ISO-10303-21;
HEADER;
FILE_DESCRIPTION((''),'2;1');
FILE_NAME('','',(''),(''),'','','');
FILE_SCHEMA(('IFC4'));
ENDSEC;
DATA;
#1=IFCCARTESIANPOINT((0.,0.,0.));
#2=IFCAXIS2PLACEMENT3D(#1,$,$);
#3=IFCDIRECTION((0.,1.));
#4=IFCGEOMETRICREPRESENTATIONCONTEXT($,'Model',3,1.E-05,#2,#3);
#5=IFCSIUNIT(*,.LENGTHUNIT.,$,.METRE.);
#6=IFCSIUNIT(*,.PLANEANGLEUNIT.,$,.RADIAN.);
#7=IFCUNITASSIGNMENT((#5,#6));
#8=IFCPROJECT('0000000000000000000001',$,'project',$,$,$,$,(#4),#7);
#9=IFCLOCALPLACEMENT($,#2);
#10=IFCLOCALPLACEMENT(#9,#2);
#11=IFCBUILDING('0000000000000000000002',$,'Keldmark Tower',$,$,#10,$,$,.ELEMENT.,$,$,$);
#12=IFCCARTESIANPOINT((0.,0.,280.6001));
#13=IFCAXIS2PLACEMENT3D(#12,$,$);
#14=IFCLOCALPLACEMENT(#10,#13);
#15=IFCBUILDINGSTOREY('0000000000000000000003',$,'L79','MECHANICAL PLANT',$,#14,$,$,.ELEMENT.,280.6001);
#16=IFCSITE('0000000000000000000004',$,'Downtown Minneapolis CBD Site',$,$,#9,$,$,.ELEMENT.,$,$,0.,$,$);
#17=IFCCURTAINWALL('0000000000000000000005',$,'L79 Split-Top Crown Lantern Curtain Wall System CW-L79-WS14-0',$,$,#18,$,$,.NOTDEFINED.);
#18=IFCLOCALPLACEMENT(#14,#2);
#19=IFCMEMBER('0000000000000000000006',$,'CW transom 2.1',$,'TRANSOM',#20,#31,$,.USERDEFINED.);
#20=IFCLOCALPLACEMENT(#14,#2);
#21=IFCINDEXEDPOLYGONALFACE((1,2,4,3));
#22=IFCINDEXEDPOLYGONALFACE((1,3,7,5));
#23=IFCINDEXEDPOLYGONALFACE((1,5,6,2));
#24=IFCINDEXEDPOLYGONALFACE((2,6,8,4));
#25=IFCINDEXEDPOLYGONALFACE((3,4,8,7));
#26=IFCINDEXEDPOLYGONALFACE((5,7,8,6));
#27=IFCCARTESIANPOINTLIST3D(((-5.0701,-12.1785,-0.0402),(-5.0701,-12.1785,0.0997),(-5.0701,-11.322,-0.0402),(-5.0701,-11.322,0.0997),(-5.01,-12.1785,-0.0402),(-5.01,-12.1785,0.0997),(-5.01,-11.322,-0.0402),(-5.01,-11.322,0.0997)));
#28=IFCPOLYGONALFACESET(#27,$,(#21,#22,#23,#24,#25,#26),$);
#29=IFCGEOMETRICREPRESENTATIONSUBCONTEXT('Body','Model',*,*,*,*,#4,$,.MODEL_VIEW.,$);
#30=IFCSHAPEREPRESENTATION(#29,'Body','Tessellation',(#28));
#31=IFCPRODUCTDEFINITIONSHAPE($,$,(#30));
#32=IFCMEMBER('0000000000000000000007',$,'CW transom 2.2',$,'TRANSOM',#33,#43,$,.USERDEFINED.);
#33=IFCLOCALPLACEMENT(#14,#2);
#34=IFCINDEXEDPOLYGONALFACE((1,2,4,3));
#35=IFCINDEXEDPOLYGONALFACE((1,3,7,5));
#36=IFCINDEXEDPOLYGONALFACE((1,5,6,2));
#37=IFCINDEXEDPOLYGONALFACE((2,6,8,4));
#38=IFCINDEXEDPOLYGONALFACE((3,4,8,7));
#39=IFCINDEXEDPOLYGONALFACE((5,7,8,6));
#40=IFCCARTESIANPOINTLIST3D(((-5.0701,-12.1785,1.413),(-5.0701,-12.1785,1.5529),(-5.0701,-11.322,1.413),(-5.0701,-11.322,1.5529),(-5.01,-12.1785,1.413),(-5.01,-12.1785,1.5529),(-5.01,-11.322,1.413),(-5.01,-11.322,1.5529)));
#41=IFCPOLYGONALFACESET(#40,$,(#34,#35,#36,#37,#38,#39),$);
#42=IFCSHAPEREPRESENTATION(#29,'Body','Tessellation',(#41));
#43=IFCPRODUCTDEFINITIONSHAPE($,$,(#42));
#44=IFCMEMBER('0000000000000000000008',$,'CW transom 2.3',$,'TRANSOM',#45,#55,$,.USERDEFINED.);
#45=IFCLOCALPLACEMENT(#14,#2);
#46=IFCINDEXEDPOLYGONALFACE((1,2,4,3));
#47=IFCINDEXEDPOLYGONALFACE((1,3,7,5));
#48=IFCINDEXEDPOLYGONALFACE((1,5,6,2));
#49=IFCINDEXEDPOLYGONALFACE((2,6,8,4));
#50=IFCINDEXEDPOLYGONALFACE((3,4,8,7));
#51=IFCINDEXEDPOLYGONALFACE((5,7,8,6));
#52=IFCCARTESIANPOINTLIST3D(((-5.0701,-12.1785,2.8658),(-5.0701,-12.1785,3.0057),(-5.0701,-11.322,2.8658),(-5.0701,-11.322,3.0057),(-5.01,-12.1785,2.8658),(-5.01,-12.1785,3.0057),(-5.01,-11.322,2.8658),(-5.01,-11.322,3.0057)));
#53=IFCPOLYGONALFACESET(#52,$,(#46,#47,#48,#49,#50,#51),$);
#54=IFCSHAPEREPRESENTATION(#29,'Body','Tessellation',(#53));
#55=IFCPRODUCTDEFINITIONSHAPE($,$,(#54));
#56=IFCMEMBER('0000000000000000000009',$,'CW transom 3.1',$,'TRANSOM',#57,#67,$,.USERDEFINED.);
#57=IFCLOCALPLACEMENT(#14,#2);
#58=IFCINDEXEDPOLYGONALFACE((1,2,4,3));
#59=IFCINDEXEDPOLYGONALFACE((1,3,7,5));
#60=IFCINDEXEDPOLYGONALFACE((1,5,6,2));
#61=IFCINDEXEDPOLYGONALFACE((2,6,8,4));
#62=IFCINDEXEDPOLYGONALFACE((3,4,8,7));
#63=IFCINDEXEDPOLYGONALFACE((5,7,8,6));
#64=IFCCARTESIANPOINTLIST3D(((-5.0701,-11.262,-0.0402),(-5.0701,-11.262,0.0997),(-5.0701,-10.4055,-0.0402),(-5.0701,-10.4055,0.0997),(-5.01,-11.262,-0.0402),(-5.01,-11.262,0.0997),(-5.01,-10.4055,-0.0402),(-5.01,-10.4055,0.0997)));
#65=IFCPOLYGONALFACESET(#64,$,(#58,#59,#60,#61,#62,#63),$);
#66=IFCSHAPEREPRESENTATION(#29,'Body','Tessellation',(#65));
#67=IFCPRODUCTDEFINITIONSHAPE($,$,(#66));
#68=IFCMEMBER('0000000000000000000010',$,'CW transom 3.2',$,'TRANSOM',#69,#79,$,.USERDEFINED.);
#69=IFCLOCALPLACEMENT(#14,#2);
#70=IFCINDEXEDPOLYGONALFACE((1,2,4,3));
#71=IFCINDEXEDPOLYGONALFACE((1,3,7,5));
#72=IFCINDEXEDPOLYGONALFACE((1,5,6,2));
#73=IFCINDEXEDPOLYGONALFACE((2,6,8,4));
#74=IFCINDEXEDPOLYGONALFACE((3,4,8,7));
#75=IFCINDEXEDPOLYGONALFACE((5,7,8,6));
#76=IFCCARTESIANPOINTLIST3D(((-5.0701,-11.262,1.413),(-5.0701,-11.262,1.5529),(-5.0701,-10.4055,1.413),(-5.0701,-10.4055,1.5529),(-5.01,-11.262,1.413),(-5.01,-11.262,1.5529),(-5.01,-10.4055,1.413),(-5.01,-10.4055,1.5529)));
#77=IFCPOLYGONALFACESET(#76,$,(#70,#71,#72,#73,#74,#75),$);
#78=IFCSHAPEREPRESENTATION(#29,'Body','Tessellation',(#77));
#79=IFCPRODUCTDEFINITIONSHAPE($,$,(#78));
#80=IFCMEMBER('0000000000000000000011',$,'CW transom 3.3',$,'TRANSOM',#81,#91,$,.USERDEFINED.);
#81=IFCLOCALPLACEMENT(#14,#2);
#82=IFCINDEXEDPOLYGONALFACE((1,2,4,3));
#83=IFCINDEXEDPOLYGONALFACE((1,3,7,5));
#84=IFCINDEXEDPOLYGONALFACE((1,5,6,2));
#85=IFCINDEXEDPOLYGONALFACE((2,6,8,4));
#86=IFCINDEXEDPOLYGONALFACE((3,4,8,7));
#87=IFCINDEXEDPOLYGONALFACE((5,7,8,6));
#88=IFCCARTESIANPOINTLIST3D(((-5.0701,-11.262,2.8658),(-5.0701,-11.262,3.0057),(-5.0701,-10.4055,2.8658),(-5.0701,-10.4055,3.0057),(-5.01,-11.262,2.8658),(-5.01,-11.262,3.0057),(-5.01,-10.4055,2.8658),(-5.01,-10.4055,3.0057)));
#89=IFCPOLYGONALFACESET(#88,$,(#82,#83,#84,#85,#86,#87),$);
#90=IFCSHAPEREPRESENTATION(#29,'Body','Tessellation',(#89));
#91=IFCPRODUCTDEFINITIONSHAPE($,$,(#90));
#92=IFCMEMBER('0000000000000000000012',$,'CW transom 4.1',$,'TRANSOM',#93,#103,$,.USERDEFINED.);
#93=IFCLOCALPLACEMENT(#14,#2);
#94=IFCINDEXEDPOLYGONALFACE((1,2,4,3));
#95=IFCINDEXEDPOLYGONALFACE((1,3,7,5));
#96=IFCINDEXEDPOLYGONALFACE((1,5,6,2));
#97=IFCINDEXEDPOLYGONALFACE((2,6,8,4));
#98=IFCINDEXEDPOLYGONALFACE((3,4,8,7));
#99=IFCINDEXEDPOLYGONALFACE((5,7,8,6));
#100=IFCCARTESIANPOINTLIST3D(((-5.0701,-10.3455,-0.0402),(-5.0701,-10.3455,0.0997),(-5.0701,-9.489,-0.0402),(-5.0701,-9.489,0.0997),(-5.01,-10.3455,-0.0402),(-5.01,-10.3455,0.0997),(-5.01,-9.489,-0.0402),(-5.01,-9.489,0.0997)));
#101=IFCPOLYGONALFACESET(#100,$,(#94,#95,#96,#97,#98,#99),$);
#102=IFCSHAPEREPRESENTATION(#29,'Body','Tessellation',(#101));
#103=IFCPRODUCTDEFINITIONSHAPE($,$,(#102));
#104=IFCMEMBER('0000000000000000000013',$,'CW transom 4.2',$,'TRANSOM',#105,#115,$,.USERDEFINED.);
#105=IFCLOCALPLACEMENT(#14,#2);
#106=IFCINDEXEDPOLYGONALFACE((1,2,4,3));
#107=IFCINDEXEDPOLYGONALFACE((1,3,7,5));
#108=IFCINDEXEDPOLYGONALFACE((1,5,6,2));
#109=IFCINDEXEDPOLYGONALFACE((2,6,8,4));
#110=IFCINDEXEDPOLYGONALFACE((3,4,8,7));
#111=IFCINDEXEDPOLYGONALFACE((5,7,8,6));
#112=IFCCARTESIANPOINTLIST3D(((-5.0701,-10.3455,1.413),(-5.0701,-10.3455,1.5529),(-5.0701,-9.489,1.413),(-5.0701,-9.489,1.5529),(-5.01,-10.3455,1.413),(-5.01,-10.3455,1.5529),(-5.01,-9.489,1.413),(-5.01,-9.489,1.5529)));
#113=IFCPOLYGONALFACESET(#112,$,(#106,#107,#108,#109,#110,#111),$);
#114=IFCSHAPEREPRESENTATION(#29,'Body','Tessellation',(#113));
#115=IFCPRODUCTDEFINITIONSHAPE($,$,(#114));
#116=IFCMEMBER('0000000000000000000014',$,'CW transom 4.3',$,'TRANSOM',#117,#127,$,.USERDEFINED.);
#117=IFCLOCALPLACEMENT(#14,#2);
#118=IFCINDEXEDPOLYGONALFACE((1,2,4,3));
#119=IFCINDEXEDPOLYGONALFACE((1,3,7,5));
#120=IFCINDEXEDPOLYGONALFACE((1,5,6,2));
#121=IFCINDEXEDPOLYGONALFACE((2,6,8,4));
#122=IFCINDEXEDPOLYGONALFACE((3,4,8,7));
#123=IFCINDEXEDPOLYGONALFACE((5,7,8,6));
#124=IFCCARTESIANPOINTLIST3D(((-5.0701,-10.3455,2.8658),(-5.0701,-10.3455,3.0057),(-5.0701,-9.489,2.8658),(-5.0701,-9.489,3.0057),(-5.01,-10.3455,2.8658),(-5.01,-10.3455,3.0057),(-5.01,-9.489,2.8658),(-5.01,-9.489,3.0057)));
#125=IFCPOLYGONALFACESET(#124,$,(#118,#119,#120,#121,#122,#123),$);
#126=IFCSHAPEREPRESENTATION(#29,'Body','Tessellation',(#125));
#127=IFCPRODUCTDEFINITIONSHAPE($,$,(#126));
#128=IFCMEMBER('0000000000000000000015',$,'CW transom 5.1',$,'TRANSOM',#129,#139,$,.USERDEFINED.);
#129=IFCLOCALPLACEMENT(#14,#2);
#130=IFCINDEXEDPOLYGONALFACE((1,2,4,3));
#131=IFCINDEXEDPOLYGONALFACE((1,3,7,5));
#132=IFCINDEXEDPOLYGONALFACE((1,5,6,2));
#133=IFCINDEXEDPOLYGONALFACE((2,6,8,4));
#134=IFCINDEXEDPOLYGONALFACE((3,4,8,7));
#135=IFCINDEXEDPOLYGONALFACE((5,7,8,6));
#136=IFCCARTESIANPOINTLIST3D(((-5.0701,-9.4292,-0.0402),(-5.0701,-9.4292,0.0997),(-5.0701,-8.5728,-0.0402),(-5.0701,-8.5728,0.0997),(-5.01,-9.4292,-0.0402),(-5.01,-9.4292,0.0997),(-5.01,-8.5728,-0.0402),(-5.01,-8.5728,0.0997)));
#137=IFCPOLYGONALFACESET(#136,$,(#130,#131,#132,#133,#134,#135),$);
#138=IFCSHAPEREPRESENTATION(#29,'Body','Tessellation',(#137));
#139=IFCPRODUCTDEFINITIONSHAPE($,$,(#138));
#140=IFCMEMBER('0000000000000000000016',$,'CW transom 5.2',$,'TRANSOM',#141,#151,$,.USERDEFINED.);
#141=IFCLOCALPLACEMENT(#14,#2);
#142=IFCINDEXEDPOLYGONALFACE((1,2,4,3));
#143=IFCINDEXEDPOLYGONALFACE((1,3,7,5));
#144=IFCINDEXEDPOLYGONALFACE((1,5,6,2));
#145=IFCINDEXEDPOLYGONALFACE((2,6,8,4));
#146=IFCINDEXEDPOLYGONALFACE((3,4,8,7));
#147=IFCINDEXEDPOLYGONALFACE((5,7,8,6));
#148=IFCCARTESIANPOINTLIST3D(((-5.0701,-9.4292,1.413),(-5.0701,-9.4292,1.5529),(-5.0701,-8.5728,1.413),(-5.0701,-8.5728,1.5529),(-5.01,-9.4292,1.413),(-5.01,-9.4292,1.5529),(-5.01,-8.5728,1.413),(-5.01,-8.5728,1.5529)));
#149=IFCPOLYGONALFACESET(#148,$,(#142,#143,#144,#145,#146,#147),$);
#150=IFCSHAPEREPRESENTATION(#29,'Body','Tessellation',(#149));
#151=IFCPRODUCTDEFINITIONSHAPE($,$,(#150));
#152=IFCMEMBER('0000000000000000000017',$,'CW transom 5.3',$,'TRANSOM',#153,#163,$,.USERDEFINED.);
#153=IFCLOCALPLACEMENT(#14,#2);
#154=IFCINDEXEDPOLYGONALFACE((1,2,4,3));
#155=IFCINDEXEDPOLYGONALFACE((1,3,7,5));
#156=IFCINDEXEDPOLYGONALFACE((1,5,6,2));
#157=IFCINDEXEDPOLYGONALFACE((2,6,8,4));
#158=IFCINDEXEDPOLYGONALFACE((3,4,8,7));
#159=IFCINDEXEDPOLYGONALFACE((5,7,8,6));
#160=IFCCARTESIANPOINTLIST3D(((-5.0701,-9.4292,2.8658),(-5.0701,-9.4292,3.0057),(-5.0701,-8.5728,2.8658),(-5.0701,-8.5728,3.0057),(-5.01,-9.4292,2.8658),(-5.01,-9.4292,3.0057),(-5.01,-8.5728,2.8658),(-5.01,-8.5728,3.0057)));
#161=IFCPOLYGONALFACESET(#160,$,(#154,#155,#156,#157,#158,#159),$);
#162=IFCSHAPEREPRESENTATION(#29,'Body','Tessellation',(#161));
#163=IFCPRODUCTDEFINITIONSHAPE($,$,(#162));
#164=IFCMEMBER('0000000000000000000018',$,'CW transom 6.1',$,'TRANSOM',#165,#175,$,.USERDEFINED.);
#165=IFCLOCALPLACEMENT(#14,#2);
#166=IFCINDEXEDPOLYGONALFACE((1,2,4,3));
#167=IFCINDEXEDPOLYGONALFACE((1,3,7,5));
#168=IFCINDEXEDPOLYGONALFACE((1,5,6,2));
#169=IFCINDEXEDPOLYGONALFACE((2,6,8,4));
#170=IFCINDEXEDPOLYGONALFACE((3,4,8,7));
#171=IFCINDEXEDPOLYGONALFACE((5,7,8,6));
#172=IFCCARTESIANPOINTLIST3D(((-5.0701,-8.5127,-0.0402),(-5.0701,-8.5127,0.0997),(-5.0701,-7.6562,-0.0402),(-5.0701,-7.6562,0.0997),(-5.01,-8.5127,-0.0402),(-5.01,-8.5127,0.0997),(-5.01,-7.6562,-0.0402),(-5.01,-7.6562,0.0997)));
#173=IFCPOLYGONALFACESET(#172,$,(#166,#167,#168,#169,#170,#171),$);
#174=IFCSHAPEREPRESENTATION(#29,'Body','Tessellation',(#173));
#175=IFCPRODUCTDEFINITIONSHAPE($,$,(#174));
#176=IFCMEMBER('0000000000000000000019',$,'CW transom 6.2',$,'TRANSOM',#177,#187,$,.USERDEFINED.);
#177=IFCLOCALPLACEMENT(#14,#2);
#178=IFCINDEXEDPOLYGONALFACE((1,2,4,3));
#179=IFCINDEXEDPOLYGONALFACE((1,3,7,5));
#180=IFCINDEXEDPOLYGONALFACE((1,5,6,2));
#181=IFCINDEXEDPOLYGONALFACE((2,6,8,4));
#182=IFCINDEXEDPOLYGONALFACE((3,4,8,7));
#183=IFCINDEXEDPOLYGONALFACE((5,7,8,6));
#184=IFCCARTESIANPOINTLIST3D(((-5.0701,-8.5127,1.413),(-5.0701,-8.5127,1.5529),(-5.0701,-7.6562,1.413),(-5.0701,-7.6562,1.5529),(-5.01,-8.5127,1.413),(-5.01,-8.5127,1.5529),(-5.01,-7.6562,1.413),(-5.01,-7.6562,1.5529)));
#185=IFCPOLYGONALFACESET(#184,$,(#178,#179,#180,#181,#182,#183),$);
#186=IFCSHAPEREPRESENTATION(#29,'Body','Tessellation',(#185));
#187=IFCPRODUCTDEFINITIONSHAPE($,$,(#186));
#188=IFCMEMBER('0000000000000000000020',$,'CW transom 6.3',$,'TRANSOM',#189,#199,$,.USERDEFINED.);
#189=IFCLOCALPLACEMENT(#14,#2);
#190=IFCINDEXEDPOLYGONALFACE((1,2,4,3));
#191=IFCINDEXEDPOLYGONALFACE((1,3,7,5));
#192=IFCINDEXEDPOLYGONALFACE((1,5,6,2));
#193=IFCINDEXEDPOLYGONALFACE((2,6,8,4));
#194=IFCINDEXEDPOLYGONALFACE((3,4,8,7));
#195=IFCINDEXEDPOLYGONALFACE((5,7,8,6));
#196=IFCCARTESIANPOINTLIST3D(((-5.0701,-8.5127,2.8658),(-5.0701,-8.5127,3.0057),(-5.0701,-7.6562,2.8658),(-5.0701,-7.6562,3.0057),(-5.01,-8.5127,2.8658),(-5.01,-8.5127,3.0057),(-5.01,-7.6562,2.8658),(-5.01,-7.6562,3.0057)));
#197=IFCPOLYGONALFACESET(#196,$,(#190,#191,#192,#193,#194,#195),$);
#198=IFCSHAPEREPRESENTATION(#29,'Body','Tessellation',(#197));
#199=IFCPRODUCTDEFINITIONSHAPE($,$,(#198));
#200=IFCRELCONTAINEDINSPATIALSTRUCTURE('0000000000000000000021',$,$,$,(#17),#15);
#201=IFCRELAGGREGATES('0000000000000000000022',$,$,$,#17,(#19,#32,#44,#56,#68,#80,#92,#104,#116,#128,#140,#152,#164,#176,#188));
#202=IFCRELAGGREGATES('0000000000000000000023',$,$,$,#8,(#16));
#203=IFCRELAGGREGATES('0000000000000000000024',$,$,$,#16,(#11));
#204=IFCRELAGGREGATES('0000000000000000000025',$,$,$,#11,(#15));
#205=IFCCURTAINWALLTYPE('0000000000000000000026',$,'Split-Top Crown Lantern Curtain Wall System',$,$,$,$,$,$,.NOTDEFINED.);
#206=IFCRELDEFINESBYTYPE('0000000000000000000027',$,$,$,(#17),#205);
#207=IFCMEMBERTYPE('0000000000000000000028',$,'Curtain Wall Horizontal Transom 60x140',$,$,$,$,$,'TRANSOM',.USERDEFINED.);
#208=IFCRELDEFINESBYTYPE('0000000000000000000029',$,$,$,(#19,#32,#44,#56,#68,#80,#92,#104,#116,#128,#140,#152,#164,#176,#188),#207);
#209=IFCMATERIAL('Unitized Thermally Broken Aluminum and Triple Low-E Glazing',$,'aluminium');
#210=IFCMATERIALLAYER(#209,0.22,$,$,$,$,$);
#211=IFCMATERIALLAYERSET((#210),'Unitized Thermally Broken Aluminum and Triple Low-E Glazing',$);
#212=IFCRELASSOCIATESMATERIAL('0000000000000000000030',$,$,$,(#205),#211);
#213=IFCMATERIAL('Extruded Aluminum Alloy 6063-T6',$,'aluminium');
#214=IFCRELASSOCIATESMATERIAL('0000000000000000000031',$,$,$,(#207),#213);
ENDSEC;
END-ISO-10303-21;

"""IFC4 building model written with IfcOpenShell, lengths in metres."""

from ifc_helpers import new_model, si_unit, direction, frame, origin, origin_2d, place, context, subcontext, project, spatial, rectangle, extrude, material, layer, layer_set, material_profile, profile_set, type_object, element, aggregate, save


model = new_model("IFC4")

# Units and contexts
model_context = context("Model", 3, precision=1e-05, world=origin(), true_north=direction((0.0, 1.0)))
body_context = subcontext(model_context, "Body", "Model", "MODEL_VIEW")
ifc_project = project(units=[si_unit("LENGTHUNIT", "METRE"), si_unit("PLANEANGLEUNIT", "RADIAN")], contexts=[model_context])

# Site, building, storey
site_placement = place(None, origin())
site = spatial("IfcSite", under=ifc_project, at=site_placement, Name="Downtown Minneapolis CBD Site", CompositionType="ELEMENT", RefElevation=0.0)
building_placement = place(site_placement, origin())
building = spatial("IfcBuilding", under=site, at=building_placement, Name="Keldmark Tower", CompositionType="ELEMENT")
storey_placement = place(building_placement, frame((0.0, 0.0, 280.6001)))
storey = spatial("IfcBuildingStorey", under=building, at=storey_placement, Name="L79", Description="MECHANICAL PLANT", CompositionType="ELEMENT", Elevation=280.6001)

# Curtain wall, members
ifc_material_1 = material(Name="Unitized Thermally Broken Aluminum and Triple Low-E Glazing", Category="aluminium")
ifc_layer_1 = layer(ifc_material_1, 0.22)
ifc_layer_set_1 = layer_set([ifc_layer_1], Name="Unitized Thermally Broken Aluminum and Triple Low-E Glazing")
curtain_wall_type = type_object("IfcCurtainWallType", Name="Split-Top Crown Lantern Curtain Wall System", PredefinedType="NOTDEFINED", material=ifc_layer_set_1)
curtain_wall_placement = place(storey_placement, origin())
curtain_wall = element("IfcCurtainWall", 1, at=curtain_wall_placement, inside=storey, type_object=curtain_wall_type, Name="L79 Split-Top Crown Lantern Curtain Wall System CW-L79-WS14-0", PredefinedType="NOTDEFINED")
ifc_material_2 = material(Name="Extruded Aluminum Alloy 6063-T6", Category="aluminium")
ifc_material_profile_1 = material_profile(ifc_material_2, rectangle(XDim=0.0601, YDim=0.1399, at=origin_2d()), Name="CWT60X140")
ifc_profile_set_1 = profile_set([ifc_material_profile_1], Name="Extruded Aluminum Alloy 6063-T6")
member_type_1 = type_object("IfcMemberType", Name="Curtain Wall Horizontal Transom 60x140", ElementType="TRANSOM", PredefinedType="USERDEFINED", material=ifc_profile_set_1)
member_1_placement = place(storey_placement, frame((-5.04, -12.1785, 0.0298), z_axis=(0.0, 1.0, 0.0), x_axis=(-1.0, 0.0, 0.0)))
member_1 = element("IfcMember", 2, at=member_1_placement, type_object=member_type_1, Name="CW transom 2.1", ObjectType="TRANSOM", PredefinedType="USERDEFINED", context=body_context, shape_type="SweptSolid", body=[
    extrude(rectangle(XDim=0.0601, YDim=0.1399, at=origin_2d()), origin(), (0.0, 0.0, 1.0), 0.8564),
])
member_2_placement = place(storey_placement, frame((-5.04, -12.1785, 1.4829), z_axis=(0.0, 1.0, 0.0), x_axis=(-1.0, 0.0, 0.0)))
member_2 = element("IfcMember", 3, at=member_2_placement, type_object=member_type_1, Name="CW transom 2.2", ObjectType="TRANSOM", PredefinedType="USERDEFINED", context=body_context, shape_type="SweptSolid", body=[
    extrude(rectangle(XDim=0.0601, YDim=0.1399, at=origin_2d()), origin(), (0.0, 0.0, 1.0), 0.8564),
])
member_3_placement = place(storey_placement, frame((-5.04, -12.1785, 2.9358), z_axis=(0.0, 1.0, 0.0), x_axis=(-1.0, 0.0, 0.0)))
member_3 = element("IfcMember", 4, at=member_3_placement, type_object=member_type_1, Name="CW transom 2.3", ObjectType="TRANSOM", PredefinedType="USERDEFINED", context=body_context, shape_type="SweptSolid", body=[
    extrude(rectangle(XDim=0.0601, YDim=0.1399, at=origin_2d()), origin(), (0.0, 0.0, 1.0), 0.8564),
])
member_4_placement = place(storey_placement, frame((-5.04, -11.262, 0.0298), z_axis=(0.0, 1.0, 0.0), x_axis=(-1.0, 0.0, 0.0)))
member_4 = element("IfcMember", 5, at=member_4_placement, type_object=member_type_1, Name="CW transom 3.1", ObjectType="TRANSOM", PredefinedType="USERDEFINED", context=body_context, shape_type="SweptSolid", body=[
    extrude(rectangle(XDim=0.0601, YDim=0.1399, at=origin_2d()), origin(), (0.0, 0.0, 1.0), 0.8564),
])
member_5_placement = place(storey_placement, frame((-5.04, -11.262, 1.4829), z_axis=(0.0, 1.0, 0.0), x_axis=(-1.0, 0.0, 0.0)))
member_5 = element("IfcMember", 6, at=member_5_placement, type_object=member_type_1, Name="CW transom 3.2", ObjectType="TRANSOM", PredefinedType="USERDEFINED", context=body_context, shape_type="SweptSolid", body=[
    extrude(rectangle(XDim=0.0601, YDim=0.1399, at=origin_2d()), origin(), (0.0, 0.0, 1.0), 0.8564),
])
member_6_placement = place(storey_placement, frame((-5.04, -11.262, 2.9358), z_axis=(0.0, 1.0, 0.0), x_axis=(-1.0, 0.0, 0.0)))
member_6 = element("IfcMember", 7, at=member_6_placement, type_object=member_type_1, Name="CW transom 3.3", ObjectType="TRANSOM", PredefinedType="USERDEFINED", context=body_context, shape_type="SweptSolid", body=[
    extrude(rectangle(XDim=0.0601, YDim=0.1399, at=origin_2d()), origin(), (0.0, 0.0, 1.0), 0.8564),
])
member_7_placement = place(storey_placement, frame((-5.04, -10.3455, 0.0298), z_axis=(0.0, 1.0, 0.0), x_axis=(-1.0, 0.0, 0.0)))
member_7 = element("IfcMember", 8, at=member_7_placement, type_object=member_type_1, Name="CW transom 4.1", ObjectType="TRANSOM", PredefinedType="USERDEFINED", context=body_context, shape_type="SweptSolid", body=[
    extrude(rectangle(XDim=0.0601, YDim=0.1399, at=origin_2d()), origin(), (0.0, 0.0, 1.0), 0.8564),
])
member_8_placement = place(storey_placement, frame((-5.04, -10.3455, 1.4829), z_axis=(0.0, 1.0, 0.0), x_axis=(-1.0, 0.0, 0.0)))
member_8 = element("IfcMember", 9, at=member_8_placement, type_object=member_type_1, Name="CW transom 4.2", ObjectType="TRANSOM", PredefinedType="USERDEFINED", context=body_context, shape_type="SweptSolid", body=[
    extrude(rectangle(XDim=0.0601, YDim=0.1399, at=origin_2d()), origin(), (0.0, 0.0, 1.0), 0.8564),
])
member_9_placement = place(storey_placement, frame((-5.04, -10.3455, 2.9358), z_axis=(0.0, 1.0, 0.0), x_axis=(-1.0, 0.0, 0.0)))
member_9 = element("IfcMember", 10, at=member_9_placement, type_object=member_type_1, Name="CW transom 4.3", ObjectType="TRANSOM", PredefinedType="USERDEFINED", context=body_context, shape_type="SweptSolid", body=[
    extrude(rectangle(XDim=0.0601, YDim=0.1399, at=origin_2d()), origin(), (0.0, 0.0, 1.0), 0.8564),
])
member_10_placement = place(storey_placement, frame((-5.04, -9.4292, 0.0298), z_axis=(0.0, 1.0, 0.0), x_axis=(-1.0, 0.0, 0.0)))
member_10 = element("IfcMember", 11, at=member_10_placement, type_object=member_type_1, Name="CW transom 5.1", ObjectType="TRANSOM", PredefinedType="USERDEFINED", context=body_context, shape_type="SweptSolid", body=[
    extrude(rectangle(XDim=0.0601, YDim=0.1399, at=origin_2d()), origin(), (0.0, 0.0, 1.0), 0.8564),
])
member_11_placement = place(storey_placement, frame((-5.04, -9.4292, 1.4829), z_axis=(0.0, 1.0, 0.0), x_axis=(-1.0, 0.0, 0.0)))
member_11 = element("IfcMember", 12, at=member_11_placement, type_object=member_type_1, Name="CW transom 5.2", ObjectType="TRANSOM", PredefinedType="USERDEFINED", context=body_context, shape_type="SweptSolid", body=[
    extrude(rectangle(XDim=0.0601, YDim=0.1399, at=origin_2d()), origin(), (0.0, 0.0, 1.0), 0.8564),
])
member_12_placement = place(storey_placement, frame((-5.04, -9.4292, 2.9358), z_axis=(0.0, 1.0, 0.0), x_axis=(-1.0, 0.0, 0.0)))
member_12 = element("IfcMember", 13, at=member_12_placement, type_object=member_type_1, Name="CW transom 5.3", ObjectType="TRANSOM", PredefinedType="USERDEFINED", context=body_context, shape_type="SweptSolid", body=[
    extrude(rectangle(XDim=0.0601, YDim=0.1399, at=origin_2d()), origin(), (0.0, 0.0, 1.0), 0.8564),
])
member_13_placement = place(storey_placement, frame((-5.04, -8.5127, 0.0298), z_axis=(0.0, 1.0, 0.0), x_axis=(-1.0, 0.0, 0.0)))
member_13 = element("IfcMember", 14, at=member_13_placement, type_object=member_type_1, Name="CW transom 6.1", ObjectType="TRANSOM", PredefinedType="USERDEFINED", context=body_context, shape_type="SweptSolid", body=[
    extrude(rectangle(XDim=0.0601, YDim=0.1399, at=origin_2d()), origin(), (0.0, 0.0, 1.0), 0.8564),
])
member_14_placement = place(storey_placement, frame((-5.04, -8.5127, 1.4829), z_axis=(0.0, 1.0, 0.0), x_axis=(-1.0, 0.0, 0.0)))
member_14 = element("IfcMember", 15, at=member_14_placement, type_object=member_type_1, Name="CW transom 6.2", ObjectType="TRANSOM", PredefinedType="USERDEFINED", context=body_context, shape_type="SweptSolid", body=[
    extrude(rectangle(XDim=0.0601, YDim=0.1399, at=origin_2d()), origin(), (0.0, 0.0, 1.0), 0.8564),
])
member_15_placement = place(storey_placement, frame((-5.04, -8.5127, 2.9358), z_axis=(0.0, 1.0, 0.0), x_axis=(-1.0, 0.0, 0.0)))
member_15 = element("IfcMember", 16, at=member_15_placement, type_object=member_type_1, Name="CW transom 6.3", ObjectType="TRANSOM", PredefinedType="USERDEFINED", context=body_context, shape_type="SweptSolid", body=[
    extrude(rectangle(XDim=0.0601, YDim=0.1399, at=origin_2d()), origin(), (0.0, 0.0, 1.0), 0.8564),
])
aggregate(curtain_wall, [member_1, member_2, member_3, member_4, member_5, member_6, member_7, member_8, member_9, member_10, member_11, member_12, member_13, member_14, member_15])

save(model, "model.ifc")
